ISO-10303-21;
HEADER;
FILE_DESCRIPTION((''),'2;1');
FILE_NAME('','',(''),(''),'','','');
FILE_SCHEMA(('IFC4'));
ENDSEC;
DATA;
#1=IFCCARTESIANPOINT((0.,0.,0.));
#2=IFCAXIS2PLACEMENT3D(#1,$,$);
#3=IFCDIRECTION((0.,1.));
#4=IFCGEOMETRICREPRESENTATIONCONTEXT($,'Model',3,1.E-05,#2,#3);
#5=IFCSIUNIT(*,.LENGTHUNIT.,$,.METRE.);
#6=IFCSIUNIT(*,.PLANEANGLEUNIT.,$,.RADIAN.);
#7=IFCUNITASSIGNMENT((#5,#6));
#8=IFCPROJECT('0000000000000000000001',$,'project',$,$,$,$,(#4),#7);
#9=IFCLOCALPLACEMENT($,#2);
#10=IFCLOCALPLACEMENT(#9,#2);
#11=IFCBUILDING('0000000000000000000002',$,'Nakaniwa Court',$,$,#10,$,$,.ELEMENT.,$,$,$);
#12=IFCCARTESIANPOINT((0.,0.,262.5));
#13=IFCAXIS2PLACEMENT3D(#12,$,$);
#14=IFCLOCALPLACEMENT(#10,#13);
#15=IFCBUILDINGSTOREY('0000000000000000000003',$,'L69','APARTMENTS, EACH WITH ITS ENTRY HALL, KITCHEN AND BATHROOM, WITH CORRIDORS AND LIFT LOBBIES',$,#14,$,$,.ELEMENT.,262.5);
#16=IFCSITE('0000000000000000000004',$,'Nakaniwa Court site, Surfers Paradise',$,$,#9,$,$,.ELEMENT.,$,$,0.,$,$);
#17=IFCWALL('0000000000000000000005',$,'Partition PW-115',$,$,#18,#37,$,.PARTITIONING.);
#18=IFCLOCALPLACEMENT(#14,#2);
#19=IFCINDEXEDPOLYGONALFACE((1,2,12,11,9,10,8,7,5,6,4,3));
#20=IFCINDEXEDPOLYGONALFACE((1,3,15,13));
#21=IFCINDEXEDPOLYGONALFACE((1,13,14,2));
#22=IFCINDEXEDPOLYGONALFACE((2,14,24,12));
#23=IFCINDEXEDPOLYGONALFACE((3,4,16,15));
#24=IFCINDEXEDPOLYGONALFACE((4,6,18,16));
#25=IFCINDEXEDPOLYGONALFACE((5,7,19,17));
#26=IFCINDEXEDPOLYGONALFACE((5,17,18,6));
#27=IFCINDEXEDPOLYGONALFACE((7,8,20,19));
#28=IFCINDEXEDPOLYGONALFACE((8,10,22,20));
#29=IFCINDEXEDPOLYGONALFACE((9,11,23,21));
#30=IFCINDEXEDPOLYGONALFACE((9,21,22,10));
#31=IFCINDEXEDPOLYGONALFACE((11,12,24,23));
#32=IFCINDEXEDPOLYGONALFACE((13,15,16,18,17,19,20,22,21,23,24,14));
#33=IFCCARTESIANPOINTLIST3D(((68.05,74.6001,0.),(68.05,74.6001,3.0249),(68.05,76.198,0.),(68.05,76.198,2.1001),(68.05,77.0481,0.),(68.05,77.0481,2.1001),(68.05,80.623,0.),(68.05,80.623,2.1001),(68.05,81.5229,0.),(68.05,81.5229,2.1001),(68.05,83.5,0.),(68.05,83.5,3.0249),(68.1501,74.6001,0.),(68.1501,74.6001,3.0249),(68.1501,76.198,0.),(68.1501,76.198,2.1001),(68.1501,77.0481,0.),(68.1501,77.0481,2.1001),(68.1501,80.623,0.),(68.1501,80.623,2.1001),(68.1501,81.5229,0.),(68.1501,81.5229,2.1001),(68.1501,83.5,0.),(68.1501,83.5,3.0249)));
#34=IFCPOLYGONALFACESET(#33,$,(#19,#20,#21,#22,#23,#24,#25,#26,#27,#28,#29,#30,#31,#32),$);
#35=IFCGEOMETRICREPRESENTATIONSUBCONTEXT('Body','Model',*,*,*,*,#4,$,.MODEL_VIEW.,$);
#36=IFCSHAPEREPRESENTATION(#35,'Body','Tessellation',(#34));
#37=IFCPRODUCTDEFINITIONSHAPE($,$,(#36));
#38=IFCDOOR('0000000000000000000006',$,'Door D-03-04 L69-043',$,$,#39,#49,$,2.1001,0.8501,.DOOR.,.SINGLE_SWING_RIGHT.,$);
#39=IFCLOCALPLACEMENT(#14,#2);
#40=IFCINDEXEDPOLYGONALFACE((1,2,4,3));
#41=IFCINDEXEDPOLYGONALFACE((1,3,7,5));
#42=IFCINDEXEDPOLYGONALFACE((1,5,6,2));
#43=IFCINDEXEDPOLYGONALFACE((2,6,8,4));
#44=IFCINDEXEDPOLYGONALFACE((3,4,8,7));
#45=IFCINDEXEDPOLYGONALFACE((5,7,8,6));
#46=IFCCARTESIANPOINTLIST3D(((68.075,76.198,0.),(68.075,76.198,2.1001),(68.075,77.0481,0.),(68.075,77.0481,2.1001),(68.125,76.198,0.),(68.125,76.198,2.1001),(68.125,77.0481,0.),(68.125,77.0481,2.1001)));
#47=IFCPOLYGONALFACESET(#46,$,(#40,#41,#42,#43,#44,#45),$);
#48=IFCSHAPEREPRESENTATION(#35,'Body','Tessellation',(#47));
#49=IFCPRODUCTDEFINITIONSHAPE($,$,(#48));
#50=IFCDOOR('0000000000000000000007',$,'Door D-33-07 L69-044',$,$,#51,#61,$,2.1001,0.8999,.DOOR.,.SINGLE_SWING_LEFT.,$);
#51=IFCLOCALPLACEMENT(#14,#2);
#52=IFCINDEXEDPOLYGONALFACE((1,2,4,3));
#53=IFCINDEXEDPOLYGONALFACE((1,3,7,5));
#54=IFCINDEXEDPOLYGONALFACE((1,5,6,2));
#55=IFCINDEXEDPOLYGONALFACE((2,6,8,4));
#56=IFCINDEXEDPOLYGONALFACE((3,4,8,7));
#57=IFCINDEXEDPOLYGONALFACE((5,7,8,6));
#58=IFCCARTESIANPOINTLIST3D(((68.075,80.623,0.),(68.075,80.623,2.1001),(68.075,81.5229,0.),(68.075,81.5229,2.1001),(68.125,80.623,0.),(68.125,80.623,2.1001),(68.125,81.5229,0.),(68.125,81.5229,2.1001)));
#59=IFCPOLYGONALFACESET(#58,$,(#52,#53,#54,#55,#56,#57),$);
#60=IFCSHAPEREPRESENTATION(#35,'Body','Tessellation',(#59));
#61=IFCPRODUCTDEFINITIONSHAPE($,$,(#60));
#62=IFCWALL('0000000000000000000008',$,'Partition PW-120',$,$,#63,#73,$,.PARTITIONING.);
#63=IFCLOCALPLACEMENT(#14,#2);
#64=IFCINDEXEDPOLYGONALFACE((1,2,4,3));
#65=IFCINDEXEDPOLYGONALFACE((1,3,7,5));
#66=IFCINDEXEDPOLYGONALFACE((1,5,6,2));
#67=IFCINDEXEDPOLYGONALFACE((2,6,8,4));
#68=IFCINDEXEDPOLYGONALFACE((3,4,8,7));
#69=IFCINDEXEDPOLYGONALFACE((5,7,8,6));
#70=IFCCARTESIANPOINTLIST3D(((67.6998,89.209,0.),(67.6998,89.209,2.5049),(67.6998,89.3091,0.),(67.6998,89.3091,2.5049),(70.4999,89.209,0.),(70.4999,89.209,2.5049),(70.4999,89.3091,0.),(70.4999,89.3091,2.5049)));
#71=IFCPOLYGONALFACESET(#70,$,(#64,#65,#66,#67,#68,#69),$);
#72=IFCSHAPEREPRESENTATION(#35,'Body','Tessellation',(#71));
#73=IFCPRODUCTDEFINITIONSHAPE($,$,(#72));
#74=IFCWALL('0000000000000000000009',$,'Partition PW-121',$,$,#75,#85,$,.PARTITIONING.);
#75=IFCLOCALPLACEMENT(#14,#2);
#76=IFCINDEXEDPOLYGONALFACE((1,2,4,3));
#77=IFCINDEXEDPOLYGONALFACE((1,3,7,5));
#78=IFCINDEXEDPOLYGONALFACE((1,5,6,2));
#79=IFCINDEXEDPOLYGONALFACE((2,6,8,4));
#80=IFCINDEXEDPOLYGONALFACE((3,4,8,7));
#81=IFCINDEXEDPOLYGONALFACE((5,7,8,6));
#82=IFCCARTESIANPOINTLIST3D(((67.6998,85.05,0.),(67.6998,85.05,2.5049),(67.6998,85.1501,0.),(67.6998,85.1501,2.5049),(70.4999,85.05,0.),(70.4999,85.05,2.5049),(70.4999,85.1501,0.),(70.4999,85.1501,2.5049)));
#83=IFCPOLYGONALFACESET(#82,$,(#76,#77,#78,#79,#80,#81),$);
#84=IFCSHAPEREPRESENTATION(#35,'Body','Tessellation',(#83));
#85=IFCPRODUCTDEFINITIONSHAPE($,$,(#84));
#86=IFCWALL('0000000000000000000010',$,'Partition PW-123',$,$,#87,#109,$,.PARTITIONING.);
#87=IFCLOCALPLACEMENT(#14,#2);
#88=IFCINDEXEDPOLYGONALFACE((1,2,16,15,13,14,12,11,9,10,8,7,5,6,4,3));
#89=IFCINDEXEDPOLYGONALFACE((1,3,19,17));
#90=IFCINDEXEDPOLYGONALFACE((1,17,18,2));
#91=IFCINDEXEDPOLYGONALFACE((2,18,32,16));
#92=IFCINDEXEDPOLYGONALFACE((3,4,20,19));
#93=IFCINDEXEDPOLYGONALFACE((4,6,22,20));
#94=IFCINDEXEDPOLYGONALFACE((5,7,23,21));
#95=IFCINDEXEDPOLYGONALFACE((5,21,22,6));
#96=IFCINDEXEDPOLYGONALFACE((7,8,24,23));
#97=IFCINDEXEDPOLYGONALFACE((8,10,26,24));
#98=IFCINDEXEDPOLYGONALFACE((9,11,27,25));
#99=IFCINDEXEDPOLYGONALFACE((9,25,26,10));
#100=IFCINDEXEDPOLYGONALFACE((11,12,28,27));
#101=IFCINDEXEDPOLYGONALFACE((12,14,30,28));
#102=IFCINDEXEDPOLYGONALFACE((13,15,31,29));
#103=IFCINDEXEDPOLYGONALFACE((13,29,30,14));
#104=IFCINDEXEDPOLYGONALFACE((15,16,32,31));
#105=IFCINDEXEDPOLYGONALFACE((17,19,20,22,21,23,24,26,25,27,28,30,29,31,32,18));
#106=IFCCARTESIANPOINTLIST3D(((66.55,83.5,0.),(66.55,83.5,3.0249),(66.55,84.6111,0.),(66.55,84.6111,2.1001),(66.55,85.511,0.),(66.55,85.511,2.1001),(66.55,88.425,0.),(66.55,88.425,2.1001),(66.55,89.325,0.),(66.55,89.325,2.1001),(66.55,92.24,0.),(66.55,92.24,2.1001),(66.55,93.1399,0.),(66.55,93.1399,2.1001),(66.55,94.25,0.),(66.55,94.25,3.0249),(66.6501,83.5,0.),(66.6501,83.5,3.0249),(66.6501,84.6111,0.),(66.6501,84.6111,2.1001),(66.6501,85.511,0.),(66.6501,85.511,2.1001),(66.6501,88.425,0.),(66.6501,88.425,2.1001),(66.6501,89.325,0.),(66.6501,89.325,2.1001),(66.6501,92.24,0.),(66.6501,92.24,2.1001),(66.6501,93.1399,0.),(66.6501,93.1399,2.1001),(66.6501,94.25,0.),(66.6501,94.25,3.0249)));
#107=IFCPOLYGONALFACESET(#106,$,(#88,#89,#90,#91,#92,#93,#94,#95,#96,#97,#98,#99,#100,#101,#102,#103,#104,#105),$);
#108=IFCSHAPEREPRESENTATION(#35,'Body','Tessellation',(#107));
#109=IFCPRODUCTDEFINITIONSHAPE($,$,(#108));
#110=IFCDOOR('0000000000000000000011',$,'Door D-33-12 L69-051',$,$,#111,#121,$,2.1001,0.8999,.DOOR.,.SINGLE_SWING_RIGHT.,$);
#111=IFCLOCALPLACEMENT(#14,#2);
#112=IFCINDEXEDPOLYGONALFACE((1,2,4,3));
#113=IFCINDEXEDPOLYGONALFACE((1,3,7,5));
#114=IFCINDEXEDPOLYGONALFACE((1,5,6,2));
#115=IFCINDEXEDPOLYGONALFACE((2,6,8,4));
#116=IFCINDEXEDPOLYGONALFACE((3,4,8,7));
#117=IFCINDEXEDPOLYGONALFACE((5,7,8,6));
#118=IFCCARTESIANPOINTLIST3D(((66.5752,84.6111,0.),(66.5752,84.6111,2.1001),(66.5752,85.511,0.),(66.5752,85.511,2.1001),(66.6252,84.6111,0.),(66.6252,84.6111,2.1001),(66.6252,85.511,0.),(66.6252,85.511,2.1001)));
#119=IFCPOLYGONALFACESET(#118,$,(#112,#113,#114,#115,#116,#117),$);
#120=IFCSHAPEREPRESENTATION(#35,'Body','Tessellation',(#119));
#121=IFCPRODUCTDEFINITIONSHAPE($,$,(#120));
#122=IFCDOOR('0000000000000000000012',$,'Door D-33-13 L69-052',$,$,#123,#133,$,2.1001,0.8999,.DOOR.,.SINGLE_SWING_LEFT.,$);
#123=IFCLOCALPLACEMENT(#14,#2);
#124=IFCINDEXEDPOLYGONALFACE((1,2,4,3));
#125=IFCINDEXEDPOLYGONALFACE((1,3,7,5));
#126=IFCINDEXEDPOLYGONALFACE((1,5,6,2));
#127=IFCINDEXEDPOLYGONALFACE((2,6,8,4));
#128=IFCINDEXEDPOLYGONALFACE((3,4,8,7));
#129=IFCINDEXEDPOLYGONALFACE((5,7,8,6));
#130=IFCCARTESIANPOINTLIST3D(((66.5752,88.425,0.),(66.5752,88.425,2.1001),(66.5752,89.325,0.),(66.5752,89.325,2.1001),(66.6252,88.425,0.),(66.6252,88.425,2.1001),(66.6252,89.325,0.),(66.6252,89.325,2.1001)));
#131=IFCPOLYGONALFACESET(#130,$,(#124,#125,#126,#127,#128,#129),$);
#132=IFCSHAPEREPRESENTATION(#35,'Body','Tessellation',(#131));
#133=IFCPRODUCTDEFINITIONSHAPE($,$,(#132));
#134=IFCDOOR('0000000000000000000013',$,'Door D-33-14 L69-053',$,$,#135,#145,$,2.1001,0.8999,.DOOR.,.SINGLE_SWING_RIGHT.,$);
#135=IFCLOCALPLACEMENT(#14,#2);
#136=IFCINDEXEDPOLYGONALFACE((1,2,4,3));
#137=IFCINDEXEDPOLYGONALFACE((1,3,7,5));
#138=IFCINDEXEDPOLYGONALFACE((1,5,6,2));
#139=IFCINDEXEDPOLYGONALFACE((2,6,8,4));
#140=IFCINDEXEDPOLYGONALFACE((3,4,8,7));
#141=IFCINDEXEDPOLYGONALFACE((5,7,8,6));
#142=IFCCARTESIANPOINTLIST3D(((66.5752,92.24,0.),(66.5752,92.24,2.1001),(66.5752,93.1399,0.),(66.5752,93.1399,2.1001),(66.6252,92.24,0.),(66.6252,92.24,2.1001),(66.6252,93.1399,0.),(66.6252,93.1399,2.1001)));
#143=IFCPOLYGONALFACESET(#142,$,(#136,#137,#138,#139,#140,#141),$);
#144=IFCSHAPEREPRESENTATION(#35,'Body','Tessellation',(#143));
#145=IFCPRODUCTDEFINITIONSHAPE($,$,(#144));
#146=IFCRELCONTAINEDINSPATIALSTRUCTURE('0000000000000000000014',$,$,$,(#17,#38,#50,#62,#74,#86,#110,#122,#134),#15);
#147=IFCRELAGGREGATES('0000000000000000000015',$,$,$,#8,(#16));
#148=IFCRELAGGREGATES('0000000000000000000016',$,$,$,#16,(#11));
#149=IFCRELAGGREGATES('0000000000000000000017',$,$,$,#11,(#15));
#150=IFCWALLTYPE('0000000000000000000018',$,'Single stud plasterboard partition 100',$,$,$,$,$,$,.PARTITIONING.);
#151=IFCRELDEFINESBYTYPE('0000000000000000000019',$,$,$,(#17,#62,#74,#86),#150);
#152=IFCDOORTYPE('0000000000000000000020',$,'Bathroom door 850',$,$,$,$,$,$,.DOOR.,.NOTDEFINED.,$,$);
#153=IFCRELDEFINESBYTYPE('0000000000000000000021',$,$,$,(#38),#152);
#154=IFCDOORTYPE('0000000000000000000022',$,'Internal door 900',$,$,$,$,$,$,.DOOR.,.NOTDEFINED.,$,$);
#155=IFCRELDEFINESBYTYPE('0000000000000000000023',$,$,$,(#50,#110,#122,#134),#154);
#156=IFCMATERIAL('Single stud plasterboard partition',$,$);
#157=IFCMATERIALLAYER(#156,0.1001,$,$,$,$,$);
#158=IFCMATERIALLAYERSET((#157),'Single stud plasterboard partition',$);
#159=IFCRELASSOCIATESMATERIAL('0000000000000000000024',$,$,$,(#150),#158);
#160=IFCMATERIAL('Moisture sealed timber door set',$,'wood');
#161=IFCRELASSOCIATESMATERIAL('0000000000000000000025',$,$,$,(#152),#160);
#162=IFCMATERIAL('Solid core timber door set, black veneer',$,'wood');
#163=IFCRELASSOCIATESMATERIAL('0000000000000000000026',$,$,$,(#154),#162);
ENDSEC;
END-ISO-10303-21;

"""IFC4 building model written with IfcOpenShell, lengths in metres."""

from ifc_helpers import new_model, si_unit, direction, frame, frame_2d, origin, place, context, subcontext, project, spatial, rectangle, extrude, material, layer, layer_set, type_object, element, fill, save


model = new_model("IFC4")

# Units and contexts
model_context = context("Model", 3, precision=1e-05, world=origin(), true_north=direction((0.0, 1.0)))
body_context = subcontext(model_context, "Body", "Model", "MODEL_VIEW")
ifc_project = project(units=[si_unit("LENGTHUNIT", "METRE"), si_unit("PLANEANGLEUNIT", "RADIAN")], contexts=[model_context])

# Site, building, storey
site_placement = place(None, origin())
site = spatial("IfcSite", under=ifc_project, at=site_placement, Name="Nakaniwa Court site, Surfers Paradise", CompositionType="ELEMENT", RefElevation=0.0)
building_placement = place(site_placement, origin())
building = spatial("IfcBuilding", under=site, at=building_placement, Name="Nakaniwa Court", CompositionType="ELEMENT")
storey_placement = place(building_placement, frame((0.0, 0.0, 262.5)))
storey = spatial("IfcBuildingStorey", under=building, at=storey_placement, Name="L69", Description="APARTMENTS, EACH WITH ITS ENTRY HALL, KITCHEN AND BATHROOM, WITH CORRIDORS AND LIFT LOBBIES", CompositionType="ELEMENT", Elevation=262.5)

# Wall, openings, doors
ifc_material_1 = material(Name="Single stud plasterboard partition")
ifc_layer_1 = layer(ifc_material_1, 0.1001)
ifc_layer_set_1 = layer_set([ifc_layer_1], Name="Single stud plasterboard partition")
wall_type_1 = type_object("IfcWallType", Name="Single stud plasterboard partition 100", PredefinedType="PARTITIONING", material=ifc_layer_set_1)
wall_1_placement = place(storey_placement, frame((68.1001, 83.5, 0.0), z_axis=(0.0, 0.0, 1.0), x_axis=(0.0, -1.0, 0.0)))
wall_1 = element("IfcWall", 1, at=wall_1_placement, inside=storey, type_object=wall_type_1, Name="Partition PW-115", PredefinedType="PARTITIONING", context=body_context, shape_type="SweptSolid", body=[
    extrude(rectangle(XDim=8.8999, YDim=0.1001, at=frame_2d((4.45, 0.0))), origin(), (0.0, 0.0, 1.0), 3.0249),
])
opening_1_placement = place(wall_1_placement, frame((6.4519, 0.0, 0.0)))
opening_1 = element("IfcOpeningElement", 2, at=opening_1_placement, cuts=wall_1, PredefinedType="OPENING", context=body_context, shape_type="SweptSolid", body=[
    extrude(rectangle(XDim=0.8501, YDim=2.1001, at=frame_2d((0.425, 1.05))), frame((0.0, 0.0601, 0.0), z_axis=(0.0, -1.0, 0.0), x_axis=(1.0, 0.0, 0.0)), (0.0, 0.0, 1.0), 0.1201),
])
opening_2_placement = place(wall_1_placement, frame((1.9771, 0.0, 0.0)))
opening_2 = element("IfcOpeningElement", 3, at=opening_2_placement, cuts=wall_1, PredefinedType="OPENING", context=body_context, shape_type="SweptSolid", body=[
    extrude(rectangle(XDim=0.8999, YDim=2.1001, at=frame_2d((0.45, 1.05))), frame((0.0, 0.0601, 0.0), z_axis=(0.0, -1.0, 0.0), x_axis=(1.0, 0.0, 0.0)), (0.0, 0.0, 1.0), 0.1201),
])
ifc_material_2 = material(Name="Moisture sealed timber door set", Category="wood")
door_type_1 = type_object("IfcDoorType", Name="Bathroom door 850", OperationType="NOTDEFINED", PredefinedType="DOOR", material=ifc_material_2)
door_1_placement = place(opening_1_placement, origin())
door_1 = element("IfcDoor", 4, at=door_1_placement, inside=storey, type_object=door_type_1, Name="Door D-03-04 L69-043", OperationType="SINGLE_SWING_RIGHT", OverallHeight=2.1001, OverallWidth=0.8501, PredefinedType="DOOR", context=body_context, shape_type="SweptSolid", body=[
    extrude(rectangle(XDim=0.8501, YDim=2.1001, at=frame_2d((0.425, 1.05))), frame((0.0, 0.0249, 0.0), z_axis=(0.0, -1.0, 0.0), x_axis=(1.0, 0.0, 0.0)), (0.0, 0.0, 1.0), 0.05),
])
fill(opening_1, door_1)
ifc_material_3 = material(Name="Solid core timber door set, black veneer", Category="wood")
door_type_2 = type_object("IfcDoorType", Name="Internal door 900", OperationType="NOTDEFINED", PredefinedType="DOOR", material=ifc_material_3)
door_2_placement = place(opening_2_placement, origin())
door_2 = element("IfcDoor", 5, at=door_2_placement, inside=storey, type_object=door_type_2, Name="Door D-33-07 L69-044", OperationType="SINGLE_SWING_LEFT", OverallHeight=2.1001, OverallWidth=0.8999, PredefinedType="DOOR", context=body_context, shape_type="SweptSolid", body=[
    extrude(rectangle(XDim=0.8999, YDim=2.1001, at=frame_2d((0.45, 1.05))), frame((0.0, 0.0249, 0.0), z_axis=(0.0, -1.0, 0.0), x_axis=(1.0, 0.0, 0.0)), (0.0, 0.0, 1.0), 0.05),
])
fill(opening_2, door_2)

# Walls
for number, where, z_axis, x_axis, name in (
    (6, (67.7, 89.259, 0.0), (0.0, 0.0, 1.0), (1.0, 0.0, 0.0), "Partition PW-120"),
    (7, (67.7, 85.1001, 0.0), (0.0, 0.0, 1.0), (1.0, 0.0, 0.0), "Partition PW-121"),
):
    element("IfcWall", number, at=place(storey_placement, frame(where, z_axis=z_axis, x_axis=x_axis)), inside=storey, type_object=wall_type_1, Name=name, PredefinedType="PARTITIONING", context=body_context, shape_type="SweptSolid", body=[
        extrude(rectangle(XDim=2.8, YDim=0.1001, at=frame_2d((1.3999, 0.0))), origin(), (0.0, 0.0, 1.0), 2.5049),
    ])

# Wall, openings, doors
wall_2_placement = place(storey_placement, frame((66.6001, 83.5, 0.0), z_axis=(0.0, 0.0, 1.0), x_axis=(0.0, 1.0, 0.0)))
wall_2 = element("IfcWall", 8, at=wall_2_placement, inside=storey, type_object=wall_type_1, Name="Partition PW-123", PredefinedType="PARTITIONING", context=body_context, shape_type="SweptSolid", body=[
    extrude(rectangle(XDim=10.75, YDim=0.1001, at=frame_2d((5.375, 0.0))), origin(), (0.0, 0.0, 1.0), 3.0249),
])
opening_3_placement = place(wall_2_placement, frame((1.1111, 0.0, 0.0)))
opening_3 = element("IfcOpeningElement", 9, at=opening_3_placement, cuts=wall_2, PredefinedType="OPENING", context=body_context, shape_type="SweptSolid", body=[
    extrude(rectangle(XDim=0.8999, YDim=2.1001, at=frame_2d((0.45, 1.05))), frame((0.0, 0.0601, 0.0), z_axis=(0.0, -1.0, 0.0), x_axis=(1.0, 0.0, 0.0)), (0.0, 0.0, 1.0), 0.1201),
])
opening_4_placement = place(wall_2_placement, frame((4.925, 0.0, 0.0)))
opening_4 = element("IfcOpeningElement", 10, at=opening_4_placement, cuts=wall_2, PredefinedType="OPENING", context=body_context, shape_type="SweptSolid", body=[
    extrude(rectangle(XDim=0.8999, YDim=2.1001, at=frame_2d((0.45, 1.05))), frame((0.0, 0.0601, 0.0), z_axis=(0.0, -1.0, 0.0), x_axis=(1.0, 0.0, 0.0)), (0.0, 0.0, 1.0), 0.1201),
])
opening_5_placement = place(wall_2_placement, frame((8.74, 0.0, 0.0)))
opening_5 = element("IfcOpeningElement", 11, at=opening_5_placement, cuts=wall_2, PredefinedType="OPENING", context=body_context, shape_type="SweptSolid", body=[
    extrude(rectangle(XDim=0.8999, YDim=2.1001, at=frame_2d((0.45, 1.05))), frame((0.0, 0.0601, 0.0), z_axis=(0.0, -1.0, 0.0), x_axis=(1.0, 0.0, 0.0)), (0.0, 0.0, 1.0), 0.1201),
])
door_3_placement = place(opening_3_placement, origin())
door_3 = element("IfcDoor", 12, at=door_3_placement, inside=storey, type_object=door_type_2, Name="Door D-33-12 L69-051", OperationType="SINGLE_SWING_RIGHT", OverallHeight=2.1001, OverallWidth=0.8999, PredefinedType="DOOR", context=body_context, shape_type="SweptSolid", body=[
    extrude(rectangle(XDim=0.8999, YDim=2.1001, at=frame_2d((0.45, 1.05))), frame((0.0, 0.0249, 0.0), z_axis=(0.0, -1.0, 0.0), x_axis=(1.0, 0.0, 0.0)), (0.0, 0.0, 1.0), 0.05),
])
fill(opening_3, door_3)
door_4_placement = place(opening_4_placement, origin())
door_4 = element("IfcDoor", 13, at=door_4_placement, inside=storey, type_object=door_type_2, Name="Door D-33-13 L69-052", OperationType="SINGLE_SWING_LEFT", OverallHeight=2.1001, OverallWidth=0.8999, PredefinedType="DOOR", context=body_context, shape_type="SweptSolid", body=[
    extrude(rectangle(XDim=0.8999, YDim=2.1001, at=frame_2d((0.45, 1.05))), frame((0.0, 0.0249, 0.0), z_axis=(0.0, -1.0, 0.0), x_axis=(1.0, 0.0, 0.0)), (0.0, 0.0, 1.0), 0.05),
])
fill(opening_4, door_4)
door_5_placement = place(opening_5_placement, origin())
door_5 = element("IfcDoor", 14, at=door_5_placement, inside=storey, type_object=door_type_2, Name="Door D-33-14 L69-053", OperationType="SINGLE_SWING_RIGHT", OverallHeight=2.1001, OverallWidth=0.8999, PredefinedType="DOOR", context=body_context, shape_type="SweptSolid", body=[
    extrude(rectangle(XDim=0.8999, YDim=2.1001, at=frame_2d((0.45, 1.05))), frame((0.0, 0.0249, 0.0), z_axis=(0.0, -1.0, 0.0), x_axis=(1.0, 0.0, 0.0)), (0.0, 0.0, 1.0), 0.05),
])
fill(opening_5, door_5)

save(model, "model.ifc")
